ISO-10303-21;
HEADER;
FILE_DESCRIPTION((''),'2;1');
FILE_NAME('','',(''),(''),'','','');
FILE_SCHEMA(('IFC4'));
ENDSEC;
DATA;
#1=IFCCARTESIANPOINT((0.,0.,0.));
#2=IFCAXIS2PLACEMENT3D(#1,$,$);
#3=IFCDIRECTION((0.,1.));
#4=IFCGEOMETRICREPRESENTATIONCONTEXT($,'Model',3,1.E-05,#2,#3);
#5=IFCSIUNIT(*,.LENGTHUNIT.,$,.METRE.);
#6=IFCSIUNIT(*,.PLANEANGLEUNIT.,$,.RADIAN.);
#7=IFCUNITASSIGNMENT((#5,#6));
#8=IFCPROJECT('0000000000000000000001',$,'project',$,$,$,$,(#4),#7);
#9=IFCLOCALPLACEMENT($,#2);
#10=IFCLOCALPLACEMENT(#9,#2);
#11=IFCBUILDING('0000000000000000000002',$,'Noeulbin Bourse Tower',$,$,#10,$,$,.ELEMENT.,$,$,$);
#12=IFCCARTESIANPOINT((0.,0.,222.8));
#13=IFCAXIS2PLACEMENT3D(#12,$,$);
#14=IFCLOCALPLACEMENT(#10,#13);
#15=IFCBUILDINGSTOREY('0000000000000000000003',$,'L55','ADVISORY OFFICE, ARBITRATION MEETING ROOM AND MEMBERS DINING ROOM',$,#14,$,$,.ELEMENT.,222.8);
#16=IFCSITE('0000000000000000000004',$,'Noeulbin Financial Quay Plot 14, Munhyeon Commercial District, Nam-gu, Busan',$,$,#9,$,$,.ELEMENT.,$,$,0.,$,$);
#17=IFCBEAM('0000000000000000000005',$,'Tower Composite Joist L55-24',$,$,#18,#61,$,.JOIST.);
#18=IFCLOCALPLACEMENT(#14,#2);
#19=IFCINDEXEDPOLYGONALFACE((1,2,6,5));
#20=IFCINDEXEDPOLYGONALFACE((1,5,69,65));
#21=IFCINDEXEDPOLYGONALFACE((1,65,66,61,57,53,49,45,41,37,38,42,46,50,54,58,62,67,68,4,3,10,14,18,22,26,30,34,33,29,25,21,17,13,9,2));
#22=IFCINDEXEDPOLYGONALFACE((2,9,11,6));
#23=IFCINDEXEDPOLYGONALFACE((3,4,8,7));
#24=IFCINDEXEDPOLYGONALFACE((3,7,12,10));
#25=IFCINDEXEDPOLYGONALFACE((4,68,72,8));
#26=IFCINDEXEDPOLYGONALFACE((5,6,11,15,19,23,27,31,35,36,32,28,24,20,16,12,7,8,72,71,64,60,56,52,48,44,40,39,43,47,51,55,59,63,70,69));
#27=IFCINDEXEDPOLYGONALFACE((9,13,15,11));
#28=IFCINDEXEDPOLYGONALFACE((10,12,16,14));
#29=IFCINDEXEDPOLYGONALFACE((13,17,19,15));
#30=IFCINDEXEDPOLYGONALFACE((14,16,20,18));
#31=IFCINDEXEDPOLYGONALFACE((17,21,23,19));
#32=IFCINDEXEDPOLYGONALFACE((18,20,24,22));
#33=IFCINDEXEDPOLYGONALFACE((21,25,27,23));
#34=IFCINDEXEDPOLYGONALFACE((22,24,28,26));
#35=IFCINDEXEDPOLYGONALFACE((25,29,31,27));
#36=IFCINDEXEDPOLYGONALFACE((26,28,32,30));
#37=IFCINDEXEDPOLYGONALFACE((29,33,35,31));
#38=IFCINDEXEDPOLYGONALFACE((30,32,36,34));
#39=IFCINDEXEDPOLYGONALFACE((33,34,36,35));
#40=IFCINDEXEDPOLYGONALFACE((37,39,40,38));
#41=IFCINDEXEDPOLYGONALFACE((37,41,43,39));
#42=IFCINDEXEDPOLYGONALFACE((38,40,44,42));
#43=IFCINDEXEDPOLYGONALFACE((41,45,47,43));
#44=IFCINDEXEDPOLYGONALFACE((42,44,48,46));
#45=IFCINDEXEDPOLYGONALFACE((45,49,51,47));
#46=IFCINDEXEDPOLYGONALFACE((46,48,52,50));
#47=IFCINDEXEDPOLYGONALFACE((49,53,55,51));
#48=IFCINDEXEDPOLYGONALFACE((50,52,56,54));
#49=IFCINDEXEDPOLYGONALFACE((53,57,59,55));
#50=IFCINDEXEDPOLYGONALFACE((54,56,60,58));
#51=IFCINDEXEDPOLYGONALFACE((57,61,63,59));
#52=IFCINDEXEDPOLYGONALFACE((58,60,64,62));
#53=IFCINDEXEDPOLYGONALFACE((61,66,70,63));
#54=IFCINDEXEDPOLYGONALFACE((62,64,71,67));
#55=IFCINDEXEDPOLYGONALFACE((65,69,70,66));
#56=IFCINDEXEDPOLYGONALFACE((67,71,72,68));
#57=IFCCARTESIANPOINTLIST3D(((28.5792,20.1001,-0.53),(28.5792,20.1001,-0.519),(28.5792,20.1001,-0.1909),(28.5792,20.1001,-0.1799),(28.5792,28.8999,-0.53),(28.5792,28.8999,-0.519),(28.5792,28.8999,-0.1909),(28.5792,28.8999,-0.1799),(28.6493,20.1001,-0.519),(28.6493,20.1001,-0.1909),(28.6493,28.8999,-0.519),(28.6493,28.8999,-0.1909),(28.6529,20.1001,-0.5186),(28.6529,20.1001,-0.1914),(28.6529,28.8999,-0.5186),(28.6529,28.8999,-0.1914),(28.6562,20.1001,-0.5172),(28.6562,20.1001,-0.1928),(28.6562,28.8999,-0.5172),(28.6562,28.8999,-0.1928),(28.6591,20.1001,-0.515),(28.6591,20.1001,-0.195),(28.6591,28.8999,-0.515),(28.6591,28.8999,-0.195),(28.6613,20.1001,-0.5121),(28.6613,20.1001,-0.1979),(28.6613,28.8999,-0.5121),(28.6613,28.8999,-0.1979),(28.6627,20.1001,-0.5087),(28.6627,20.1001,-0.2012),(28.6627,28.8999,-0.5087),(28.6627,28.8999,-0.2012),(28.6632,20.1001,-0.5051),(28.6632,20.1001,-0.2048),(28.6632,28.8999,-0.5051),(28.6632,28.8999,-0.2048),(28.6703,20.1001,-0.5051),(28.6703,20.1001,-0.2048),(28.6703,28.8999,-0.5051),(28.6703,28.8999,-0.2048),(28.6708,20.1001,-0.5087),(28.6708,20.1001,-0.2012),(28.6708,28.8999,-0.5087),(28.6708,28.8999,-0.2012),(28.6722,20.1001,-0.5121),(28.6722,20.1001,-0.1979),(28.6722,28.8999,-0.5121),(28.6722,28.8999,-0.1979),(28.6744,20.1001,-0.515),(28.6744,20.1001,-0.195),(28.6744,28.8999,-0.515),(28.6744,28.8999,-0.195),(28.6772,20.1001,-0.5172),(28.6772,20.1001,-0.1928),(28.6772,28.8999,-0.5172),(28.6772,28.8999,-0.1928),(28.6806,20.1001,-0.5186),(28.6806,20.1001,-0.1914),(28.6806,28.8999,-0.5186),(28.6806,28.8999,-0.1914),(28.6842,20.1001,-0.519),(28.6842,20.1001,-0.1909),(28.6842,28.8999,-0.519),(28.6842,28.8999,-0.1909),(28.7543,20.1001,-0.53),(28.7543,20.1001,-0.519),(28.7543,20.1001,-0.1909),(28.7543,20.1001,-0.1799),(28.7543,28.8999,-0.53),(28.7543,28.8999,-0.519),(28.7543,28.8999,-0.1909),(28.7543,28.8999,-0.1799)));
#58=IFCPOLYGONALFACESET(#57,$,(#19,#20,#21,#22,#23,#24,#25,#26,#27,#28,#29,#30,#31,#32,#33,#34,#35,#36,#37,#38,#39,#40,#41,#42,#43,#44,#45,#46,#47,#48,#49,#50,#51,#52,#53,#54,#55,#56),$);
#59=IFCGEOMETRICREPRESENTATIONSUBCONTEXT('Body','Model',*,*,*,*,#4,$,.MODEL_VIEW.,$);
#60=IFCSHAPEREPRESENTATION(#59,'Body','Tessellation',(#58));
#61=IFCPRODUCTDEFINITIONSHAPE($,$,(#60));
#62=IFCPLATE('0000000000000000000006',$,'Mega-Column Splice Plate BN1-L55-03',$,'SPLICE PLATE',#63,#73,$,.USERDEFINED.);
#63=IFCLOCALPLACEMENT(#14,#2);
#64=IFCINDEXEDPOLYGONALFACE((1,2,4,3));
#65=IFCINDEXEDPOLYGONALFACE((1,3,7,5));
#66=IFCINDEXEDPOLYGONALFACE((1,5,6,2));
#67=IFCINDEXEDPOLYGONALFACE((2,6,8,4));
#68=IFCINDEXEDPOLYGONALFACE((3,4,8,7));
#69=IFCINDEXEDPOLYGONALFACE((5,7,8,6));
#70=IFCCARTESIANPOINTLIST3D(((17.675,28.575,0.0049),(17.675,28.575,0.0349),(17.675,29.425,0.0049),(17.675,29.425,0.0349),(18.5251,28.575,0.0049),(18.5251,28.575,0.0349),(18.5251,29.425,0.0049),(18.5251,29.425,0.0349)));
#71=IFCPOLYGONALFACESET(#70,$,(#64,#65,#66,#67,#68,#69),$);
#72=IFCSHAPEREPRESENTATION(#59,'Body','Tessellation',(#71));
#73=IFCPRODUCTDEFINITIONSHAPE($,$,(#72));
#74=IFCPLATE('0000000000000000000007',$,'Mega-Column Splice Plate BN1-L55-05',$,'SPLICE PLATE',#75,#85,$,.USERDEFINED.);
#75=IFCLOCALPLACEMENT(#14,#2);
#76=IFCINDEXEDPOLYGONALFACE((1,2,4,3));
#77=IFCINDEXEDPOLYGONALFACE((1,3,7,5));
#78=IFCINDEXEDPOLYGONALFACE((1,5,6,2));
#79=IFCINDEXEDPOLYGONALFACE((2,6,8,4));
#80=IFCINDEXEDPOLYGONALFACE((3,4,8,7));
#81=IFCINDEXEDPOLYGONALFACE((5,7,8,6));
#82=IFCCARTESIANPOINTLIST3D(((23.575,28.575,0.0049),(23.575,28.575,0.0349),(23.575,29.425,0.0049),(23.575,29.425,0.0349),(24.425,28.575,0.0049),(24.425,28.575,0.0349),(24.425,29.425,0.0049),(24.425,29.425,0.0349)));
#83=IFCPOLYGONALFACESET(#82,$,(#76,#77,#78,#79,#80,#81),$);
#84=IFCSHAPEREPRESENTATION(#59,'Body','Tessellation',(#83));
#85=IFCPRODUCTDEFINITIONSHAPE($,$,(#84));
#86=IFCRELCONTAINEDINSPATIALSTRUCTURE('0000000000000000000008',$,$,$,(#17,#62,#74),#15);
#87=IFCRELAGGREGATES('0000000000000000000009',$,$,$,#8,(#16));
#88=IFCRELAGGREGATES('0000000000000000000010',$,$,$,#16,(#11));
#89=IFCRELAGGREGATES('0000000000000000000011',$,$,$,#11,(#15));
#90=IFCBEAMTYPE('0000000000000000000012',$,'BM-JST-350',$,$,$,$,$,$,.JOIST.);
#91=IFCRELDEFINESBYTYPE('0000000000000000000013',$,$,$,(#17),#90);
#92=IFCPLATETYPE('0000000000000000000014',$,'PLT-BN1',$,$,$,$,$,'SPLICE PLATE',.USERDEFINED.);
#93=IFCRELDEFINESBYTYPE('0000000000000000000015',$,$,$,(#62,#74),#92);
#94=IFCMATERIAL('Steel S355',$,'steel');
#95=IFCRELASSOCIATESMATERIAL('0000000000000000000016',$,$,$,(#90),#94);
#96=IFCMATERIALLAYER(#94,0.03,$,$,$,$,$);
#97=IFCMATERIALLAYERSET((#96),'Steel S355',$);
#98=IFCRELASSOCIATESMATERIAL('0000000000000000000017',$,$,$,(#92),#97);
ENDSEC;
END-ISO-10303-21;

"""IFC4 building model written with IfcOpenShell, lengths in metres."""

from ifc_helpers import new_model, si_unit, direction, frame, origin, origin_2d, place, context, subcontext, project, spatial, rectangle, i_section, extrude, material, layer, layer_set, material_profile, profile_set, type_object, element, save


model = new_model("IFC4")

# Units and contexts
model_context = context("Model", 3, precision=1e-05, world=origin(), true_north=direction((0.0, 1.0)))
body_context = subcontext(model_context, "Body", "Model", "MODEL_VIEW")
ifc_project = project(units=[si_unit("LENGTHUNIT", "METRE"), si_unit("PLANEANGLEUNIT", "RADIAN")], contexts=[model_context])

# Site, building, storey
site_placement = place(None, origin())
site = spatial("IfcSite", under=ifc_project, at=site_placement, Name="Noeulbin Financial Quay Plot 14, Munhyeon Commercial District, Nam-gu, Busan", CompositionType="ELEMENT", RefElevation=0.0)
building_placement = place(site_placement, origin())
building = spatial("IfcBuilding", under=site, at=building_placement, Name="Noeulbin Bourse Tower", CompositionType="ELEMENT")
storey_placement = place(building_placement, frame((0.0, 0.0, 222.8)))
storey = spatial("IfcBuildingStorey", under=building, at=storey_placement, Name="L55", Description="ADVISORY OFFICE, ARBITRATION MEETING ROOM AND MEMBERS DINING ROOM", CompositionType="ELEMENT", Elevation=222.8)

# Shared definitions
ifc_material_1 = material(Name="Steel S355", Category="steel")

# Beam
ifc_material_profile_1 = material_profile(ifc_material_1, i_section(OverallWidth=0.175, OverallDepth=0.3501, WebThickness=0.0071, FlangeThickness=0.011, FilletRadius=0.0139, at=origin_2d()), Name="H-350x175x7x11", Category="LoadBearing")
ifc_profile_set_1 = profile_set([ifc_material_profile_1], Name="Steel S355")
beam_type_1 = type_object("IfcBeamType", Name="BM-JST-350", PredefinedType="JOIST", material=ifc_profile_set_1)
for number, where, z_axis, x_axis, name in (
    (1, (28.6667, 20.1001, -0.355), (0.0, 1.0, 0.0), (-1.0, 0.0, 0.0), "Tower Composite Joist L55-24"),
):
    element("IfcBeam", number, at=place(storey_placement, frame(where, z_axis=z_axis, x_axis=x_axis)), inside=storey, type_object=beam_type_1, Name=name, PredefinedType="JOIST", context=body_context, shape_type="SweptSolid", body=[
        extrude(i_section(OverallWidth=0.175, OverallDepth=0.3501, WebThickness=0.0071, FlangeThickness=0.011, FilletRadius=0.0139, at=origin_2d()), origin(), (0.0, 0.0, 1.0), 8.7998),
    ])

# Plates
ifc_layer_1 = layer(ifc_material_1, 0.03)
ifc_layer_set_1 = layer_set([ifc_layer_1], Name="Steel S355")
plate_type = type_object("IfcPlateType", Name="PLT-BN1", ElementType="SPLICE PLATE", PredefinedType="USERDEFINED", material=ifc_layer_set_1)
for number, where, z_axis, x_axis, name in (
    (2, (18.1001, 29.0, 0.0049), (0.0, 0.0, 1.0), (1.0, 0.0, 0.0), "Mega-Column Splice Plate BN1-L55-03"),
    (3, (24.0, 29.0, 0.0049), (0.0, 0.0, 1.0), (1.0, 0.0, 0.0), "Mega-Column Splice Plate BN1-L55-05"),
):
    element("IfcPlate", number, at=place(storey_placement, frame(where, z_axis=z_axis, x_axis=x_axis)), inside=storey, type_object=plate_type, Name=name, ObjectType="SPLICE PLATE", PredefinedType="USERDEFINED", context=body_context, shape_type="SweptSolid", body=[
        extrude(rectangle(XDim=0.8501, YDim=0.8501, at=origin_2d()), origin(), (0.0, 0.0, 1.0), 0.03),
    ])

save(model, "model.ifc")
